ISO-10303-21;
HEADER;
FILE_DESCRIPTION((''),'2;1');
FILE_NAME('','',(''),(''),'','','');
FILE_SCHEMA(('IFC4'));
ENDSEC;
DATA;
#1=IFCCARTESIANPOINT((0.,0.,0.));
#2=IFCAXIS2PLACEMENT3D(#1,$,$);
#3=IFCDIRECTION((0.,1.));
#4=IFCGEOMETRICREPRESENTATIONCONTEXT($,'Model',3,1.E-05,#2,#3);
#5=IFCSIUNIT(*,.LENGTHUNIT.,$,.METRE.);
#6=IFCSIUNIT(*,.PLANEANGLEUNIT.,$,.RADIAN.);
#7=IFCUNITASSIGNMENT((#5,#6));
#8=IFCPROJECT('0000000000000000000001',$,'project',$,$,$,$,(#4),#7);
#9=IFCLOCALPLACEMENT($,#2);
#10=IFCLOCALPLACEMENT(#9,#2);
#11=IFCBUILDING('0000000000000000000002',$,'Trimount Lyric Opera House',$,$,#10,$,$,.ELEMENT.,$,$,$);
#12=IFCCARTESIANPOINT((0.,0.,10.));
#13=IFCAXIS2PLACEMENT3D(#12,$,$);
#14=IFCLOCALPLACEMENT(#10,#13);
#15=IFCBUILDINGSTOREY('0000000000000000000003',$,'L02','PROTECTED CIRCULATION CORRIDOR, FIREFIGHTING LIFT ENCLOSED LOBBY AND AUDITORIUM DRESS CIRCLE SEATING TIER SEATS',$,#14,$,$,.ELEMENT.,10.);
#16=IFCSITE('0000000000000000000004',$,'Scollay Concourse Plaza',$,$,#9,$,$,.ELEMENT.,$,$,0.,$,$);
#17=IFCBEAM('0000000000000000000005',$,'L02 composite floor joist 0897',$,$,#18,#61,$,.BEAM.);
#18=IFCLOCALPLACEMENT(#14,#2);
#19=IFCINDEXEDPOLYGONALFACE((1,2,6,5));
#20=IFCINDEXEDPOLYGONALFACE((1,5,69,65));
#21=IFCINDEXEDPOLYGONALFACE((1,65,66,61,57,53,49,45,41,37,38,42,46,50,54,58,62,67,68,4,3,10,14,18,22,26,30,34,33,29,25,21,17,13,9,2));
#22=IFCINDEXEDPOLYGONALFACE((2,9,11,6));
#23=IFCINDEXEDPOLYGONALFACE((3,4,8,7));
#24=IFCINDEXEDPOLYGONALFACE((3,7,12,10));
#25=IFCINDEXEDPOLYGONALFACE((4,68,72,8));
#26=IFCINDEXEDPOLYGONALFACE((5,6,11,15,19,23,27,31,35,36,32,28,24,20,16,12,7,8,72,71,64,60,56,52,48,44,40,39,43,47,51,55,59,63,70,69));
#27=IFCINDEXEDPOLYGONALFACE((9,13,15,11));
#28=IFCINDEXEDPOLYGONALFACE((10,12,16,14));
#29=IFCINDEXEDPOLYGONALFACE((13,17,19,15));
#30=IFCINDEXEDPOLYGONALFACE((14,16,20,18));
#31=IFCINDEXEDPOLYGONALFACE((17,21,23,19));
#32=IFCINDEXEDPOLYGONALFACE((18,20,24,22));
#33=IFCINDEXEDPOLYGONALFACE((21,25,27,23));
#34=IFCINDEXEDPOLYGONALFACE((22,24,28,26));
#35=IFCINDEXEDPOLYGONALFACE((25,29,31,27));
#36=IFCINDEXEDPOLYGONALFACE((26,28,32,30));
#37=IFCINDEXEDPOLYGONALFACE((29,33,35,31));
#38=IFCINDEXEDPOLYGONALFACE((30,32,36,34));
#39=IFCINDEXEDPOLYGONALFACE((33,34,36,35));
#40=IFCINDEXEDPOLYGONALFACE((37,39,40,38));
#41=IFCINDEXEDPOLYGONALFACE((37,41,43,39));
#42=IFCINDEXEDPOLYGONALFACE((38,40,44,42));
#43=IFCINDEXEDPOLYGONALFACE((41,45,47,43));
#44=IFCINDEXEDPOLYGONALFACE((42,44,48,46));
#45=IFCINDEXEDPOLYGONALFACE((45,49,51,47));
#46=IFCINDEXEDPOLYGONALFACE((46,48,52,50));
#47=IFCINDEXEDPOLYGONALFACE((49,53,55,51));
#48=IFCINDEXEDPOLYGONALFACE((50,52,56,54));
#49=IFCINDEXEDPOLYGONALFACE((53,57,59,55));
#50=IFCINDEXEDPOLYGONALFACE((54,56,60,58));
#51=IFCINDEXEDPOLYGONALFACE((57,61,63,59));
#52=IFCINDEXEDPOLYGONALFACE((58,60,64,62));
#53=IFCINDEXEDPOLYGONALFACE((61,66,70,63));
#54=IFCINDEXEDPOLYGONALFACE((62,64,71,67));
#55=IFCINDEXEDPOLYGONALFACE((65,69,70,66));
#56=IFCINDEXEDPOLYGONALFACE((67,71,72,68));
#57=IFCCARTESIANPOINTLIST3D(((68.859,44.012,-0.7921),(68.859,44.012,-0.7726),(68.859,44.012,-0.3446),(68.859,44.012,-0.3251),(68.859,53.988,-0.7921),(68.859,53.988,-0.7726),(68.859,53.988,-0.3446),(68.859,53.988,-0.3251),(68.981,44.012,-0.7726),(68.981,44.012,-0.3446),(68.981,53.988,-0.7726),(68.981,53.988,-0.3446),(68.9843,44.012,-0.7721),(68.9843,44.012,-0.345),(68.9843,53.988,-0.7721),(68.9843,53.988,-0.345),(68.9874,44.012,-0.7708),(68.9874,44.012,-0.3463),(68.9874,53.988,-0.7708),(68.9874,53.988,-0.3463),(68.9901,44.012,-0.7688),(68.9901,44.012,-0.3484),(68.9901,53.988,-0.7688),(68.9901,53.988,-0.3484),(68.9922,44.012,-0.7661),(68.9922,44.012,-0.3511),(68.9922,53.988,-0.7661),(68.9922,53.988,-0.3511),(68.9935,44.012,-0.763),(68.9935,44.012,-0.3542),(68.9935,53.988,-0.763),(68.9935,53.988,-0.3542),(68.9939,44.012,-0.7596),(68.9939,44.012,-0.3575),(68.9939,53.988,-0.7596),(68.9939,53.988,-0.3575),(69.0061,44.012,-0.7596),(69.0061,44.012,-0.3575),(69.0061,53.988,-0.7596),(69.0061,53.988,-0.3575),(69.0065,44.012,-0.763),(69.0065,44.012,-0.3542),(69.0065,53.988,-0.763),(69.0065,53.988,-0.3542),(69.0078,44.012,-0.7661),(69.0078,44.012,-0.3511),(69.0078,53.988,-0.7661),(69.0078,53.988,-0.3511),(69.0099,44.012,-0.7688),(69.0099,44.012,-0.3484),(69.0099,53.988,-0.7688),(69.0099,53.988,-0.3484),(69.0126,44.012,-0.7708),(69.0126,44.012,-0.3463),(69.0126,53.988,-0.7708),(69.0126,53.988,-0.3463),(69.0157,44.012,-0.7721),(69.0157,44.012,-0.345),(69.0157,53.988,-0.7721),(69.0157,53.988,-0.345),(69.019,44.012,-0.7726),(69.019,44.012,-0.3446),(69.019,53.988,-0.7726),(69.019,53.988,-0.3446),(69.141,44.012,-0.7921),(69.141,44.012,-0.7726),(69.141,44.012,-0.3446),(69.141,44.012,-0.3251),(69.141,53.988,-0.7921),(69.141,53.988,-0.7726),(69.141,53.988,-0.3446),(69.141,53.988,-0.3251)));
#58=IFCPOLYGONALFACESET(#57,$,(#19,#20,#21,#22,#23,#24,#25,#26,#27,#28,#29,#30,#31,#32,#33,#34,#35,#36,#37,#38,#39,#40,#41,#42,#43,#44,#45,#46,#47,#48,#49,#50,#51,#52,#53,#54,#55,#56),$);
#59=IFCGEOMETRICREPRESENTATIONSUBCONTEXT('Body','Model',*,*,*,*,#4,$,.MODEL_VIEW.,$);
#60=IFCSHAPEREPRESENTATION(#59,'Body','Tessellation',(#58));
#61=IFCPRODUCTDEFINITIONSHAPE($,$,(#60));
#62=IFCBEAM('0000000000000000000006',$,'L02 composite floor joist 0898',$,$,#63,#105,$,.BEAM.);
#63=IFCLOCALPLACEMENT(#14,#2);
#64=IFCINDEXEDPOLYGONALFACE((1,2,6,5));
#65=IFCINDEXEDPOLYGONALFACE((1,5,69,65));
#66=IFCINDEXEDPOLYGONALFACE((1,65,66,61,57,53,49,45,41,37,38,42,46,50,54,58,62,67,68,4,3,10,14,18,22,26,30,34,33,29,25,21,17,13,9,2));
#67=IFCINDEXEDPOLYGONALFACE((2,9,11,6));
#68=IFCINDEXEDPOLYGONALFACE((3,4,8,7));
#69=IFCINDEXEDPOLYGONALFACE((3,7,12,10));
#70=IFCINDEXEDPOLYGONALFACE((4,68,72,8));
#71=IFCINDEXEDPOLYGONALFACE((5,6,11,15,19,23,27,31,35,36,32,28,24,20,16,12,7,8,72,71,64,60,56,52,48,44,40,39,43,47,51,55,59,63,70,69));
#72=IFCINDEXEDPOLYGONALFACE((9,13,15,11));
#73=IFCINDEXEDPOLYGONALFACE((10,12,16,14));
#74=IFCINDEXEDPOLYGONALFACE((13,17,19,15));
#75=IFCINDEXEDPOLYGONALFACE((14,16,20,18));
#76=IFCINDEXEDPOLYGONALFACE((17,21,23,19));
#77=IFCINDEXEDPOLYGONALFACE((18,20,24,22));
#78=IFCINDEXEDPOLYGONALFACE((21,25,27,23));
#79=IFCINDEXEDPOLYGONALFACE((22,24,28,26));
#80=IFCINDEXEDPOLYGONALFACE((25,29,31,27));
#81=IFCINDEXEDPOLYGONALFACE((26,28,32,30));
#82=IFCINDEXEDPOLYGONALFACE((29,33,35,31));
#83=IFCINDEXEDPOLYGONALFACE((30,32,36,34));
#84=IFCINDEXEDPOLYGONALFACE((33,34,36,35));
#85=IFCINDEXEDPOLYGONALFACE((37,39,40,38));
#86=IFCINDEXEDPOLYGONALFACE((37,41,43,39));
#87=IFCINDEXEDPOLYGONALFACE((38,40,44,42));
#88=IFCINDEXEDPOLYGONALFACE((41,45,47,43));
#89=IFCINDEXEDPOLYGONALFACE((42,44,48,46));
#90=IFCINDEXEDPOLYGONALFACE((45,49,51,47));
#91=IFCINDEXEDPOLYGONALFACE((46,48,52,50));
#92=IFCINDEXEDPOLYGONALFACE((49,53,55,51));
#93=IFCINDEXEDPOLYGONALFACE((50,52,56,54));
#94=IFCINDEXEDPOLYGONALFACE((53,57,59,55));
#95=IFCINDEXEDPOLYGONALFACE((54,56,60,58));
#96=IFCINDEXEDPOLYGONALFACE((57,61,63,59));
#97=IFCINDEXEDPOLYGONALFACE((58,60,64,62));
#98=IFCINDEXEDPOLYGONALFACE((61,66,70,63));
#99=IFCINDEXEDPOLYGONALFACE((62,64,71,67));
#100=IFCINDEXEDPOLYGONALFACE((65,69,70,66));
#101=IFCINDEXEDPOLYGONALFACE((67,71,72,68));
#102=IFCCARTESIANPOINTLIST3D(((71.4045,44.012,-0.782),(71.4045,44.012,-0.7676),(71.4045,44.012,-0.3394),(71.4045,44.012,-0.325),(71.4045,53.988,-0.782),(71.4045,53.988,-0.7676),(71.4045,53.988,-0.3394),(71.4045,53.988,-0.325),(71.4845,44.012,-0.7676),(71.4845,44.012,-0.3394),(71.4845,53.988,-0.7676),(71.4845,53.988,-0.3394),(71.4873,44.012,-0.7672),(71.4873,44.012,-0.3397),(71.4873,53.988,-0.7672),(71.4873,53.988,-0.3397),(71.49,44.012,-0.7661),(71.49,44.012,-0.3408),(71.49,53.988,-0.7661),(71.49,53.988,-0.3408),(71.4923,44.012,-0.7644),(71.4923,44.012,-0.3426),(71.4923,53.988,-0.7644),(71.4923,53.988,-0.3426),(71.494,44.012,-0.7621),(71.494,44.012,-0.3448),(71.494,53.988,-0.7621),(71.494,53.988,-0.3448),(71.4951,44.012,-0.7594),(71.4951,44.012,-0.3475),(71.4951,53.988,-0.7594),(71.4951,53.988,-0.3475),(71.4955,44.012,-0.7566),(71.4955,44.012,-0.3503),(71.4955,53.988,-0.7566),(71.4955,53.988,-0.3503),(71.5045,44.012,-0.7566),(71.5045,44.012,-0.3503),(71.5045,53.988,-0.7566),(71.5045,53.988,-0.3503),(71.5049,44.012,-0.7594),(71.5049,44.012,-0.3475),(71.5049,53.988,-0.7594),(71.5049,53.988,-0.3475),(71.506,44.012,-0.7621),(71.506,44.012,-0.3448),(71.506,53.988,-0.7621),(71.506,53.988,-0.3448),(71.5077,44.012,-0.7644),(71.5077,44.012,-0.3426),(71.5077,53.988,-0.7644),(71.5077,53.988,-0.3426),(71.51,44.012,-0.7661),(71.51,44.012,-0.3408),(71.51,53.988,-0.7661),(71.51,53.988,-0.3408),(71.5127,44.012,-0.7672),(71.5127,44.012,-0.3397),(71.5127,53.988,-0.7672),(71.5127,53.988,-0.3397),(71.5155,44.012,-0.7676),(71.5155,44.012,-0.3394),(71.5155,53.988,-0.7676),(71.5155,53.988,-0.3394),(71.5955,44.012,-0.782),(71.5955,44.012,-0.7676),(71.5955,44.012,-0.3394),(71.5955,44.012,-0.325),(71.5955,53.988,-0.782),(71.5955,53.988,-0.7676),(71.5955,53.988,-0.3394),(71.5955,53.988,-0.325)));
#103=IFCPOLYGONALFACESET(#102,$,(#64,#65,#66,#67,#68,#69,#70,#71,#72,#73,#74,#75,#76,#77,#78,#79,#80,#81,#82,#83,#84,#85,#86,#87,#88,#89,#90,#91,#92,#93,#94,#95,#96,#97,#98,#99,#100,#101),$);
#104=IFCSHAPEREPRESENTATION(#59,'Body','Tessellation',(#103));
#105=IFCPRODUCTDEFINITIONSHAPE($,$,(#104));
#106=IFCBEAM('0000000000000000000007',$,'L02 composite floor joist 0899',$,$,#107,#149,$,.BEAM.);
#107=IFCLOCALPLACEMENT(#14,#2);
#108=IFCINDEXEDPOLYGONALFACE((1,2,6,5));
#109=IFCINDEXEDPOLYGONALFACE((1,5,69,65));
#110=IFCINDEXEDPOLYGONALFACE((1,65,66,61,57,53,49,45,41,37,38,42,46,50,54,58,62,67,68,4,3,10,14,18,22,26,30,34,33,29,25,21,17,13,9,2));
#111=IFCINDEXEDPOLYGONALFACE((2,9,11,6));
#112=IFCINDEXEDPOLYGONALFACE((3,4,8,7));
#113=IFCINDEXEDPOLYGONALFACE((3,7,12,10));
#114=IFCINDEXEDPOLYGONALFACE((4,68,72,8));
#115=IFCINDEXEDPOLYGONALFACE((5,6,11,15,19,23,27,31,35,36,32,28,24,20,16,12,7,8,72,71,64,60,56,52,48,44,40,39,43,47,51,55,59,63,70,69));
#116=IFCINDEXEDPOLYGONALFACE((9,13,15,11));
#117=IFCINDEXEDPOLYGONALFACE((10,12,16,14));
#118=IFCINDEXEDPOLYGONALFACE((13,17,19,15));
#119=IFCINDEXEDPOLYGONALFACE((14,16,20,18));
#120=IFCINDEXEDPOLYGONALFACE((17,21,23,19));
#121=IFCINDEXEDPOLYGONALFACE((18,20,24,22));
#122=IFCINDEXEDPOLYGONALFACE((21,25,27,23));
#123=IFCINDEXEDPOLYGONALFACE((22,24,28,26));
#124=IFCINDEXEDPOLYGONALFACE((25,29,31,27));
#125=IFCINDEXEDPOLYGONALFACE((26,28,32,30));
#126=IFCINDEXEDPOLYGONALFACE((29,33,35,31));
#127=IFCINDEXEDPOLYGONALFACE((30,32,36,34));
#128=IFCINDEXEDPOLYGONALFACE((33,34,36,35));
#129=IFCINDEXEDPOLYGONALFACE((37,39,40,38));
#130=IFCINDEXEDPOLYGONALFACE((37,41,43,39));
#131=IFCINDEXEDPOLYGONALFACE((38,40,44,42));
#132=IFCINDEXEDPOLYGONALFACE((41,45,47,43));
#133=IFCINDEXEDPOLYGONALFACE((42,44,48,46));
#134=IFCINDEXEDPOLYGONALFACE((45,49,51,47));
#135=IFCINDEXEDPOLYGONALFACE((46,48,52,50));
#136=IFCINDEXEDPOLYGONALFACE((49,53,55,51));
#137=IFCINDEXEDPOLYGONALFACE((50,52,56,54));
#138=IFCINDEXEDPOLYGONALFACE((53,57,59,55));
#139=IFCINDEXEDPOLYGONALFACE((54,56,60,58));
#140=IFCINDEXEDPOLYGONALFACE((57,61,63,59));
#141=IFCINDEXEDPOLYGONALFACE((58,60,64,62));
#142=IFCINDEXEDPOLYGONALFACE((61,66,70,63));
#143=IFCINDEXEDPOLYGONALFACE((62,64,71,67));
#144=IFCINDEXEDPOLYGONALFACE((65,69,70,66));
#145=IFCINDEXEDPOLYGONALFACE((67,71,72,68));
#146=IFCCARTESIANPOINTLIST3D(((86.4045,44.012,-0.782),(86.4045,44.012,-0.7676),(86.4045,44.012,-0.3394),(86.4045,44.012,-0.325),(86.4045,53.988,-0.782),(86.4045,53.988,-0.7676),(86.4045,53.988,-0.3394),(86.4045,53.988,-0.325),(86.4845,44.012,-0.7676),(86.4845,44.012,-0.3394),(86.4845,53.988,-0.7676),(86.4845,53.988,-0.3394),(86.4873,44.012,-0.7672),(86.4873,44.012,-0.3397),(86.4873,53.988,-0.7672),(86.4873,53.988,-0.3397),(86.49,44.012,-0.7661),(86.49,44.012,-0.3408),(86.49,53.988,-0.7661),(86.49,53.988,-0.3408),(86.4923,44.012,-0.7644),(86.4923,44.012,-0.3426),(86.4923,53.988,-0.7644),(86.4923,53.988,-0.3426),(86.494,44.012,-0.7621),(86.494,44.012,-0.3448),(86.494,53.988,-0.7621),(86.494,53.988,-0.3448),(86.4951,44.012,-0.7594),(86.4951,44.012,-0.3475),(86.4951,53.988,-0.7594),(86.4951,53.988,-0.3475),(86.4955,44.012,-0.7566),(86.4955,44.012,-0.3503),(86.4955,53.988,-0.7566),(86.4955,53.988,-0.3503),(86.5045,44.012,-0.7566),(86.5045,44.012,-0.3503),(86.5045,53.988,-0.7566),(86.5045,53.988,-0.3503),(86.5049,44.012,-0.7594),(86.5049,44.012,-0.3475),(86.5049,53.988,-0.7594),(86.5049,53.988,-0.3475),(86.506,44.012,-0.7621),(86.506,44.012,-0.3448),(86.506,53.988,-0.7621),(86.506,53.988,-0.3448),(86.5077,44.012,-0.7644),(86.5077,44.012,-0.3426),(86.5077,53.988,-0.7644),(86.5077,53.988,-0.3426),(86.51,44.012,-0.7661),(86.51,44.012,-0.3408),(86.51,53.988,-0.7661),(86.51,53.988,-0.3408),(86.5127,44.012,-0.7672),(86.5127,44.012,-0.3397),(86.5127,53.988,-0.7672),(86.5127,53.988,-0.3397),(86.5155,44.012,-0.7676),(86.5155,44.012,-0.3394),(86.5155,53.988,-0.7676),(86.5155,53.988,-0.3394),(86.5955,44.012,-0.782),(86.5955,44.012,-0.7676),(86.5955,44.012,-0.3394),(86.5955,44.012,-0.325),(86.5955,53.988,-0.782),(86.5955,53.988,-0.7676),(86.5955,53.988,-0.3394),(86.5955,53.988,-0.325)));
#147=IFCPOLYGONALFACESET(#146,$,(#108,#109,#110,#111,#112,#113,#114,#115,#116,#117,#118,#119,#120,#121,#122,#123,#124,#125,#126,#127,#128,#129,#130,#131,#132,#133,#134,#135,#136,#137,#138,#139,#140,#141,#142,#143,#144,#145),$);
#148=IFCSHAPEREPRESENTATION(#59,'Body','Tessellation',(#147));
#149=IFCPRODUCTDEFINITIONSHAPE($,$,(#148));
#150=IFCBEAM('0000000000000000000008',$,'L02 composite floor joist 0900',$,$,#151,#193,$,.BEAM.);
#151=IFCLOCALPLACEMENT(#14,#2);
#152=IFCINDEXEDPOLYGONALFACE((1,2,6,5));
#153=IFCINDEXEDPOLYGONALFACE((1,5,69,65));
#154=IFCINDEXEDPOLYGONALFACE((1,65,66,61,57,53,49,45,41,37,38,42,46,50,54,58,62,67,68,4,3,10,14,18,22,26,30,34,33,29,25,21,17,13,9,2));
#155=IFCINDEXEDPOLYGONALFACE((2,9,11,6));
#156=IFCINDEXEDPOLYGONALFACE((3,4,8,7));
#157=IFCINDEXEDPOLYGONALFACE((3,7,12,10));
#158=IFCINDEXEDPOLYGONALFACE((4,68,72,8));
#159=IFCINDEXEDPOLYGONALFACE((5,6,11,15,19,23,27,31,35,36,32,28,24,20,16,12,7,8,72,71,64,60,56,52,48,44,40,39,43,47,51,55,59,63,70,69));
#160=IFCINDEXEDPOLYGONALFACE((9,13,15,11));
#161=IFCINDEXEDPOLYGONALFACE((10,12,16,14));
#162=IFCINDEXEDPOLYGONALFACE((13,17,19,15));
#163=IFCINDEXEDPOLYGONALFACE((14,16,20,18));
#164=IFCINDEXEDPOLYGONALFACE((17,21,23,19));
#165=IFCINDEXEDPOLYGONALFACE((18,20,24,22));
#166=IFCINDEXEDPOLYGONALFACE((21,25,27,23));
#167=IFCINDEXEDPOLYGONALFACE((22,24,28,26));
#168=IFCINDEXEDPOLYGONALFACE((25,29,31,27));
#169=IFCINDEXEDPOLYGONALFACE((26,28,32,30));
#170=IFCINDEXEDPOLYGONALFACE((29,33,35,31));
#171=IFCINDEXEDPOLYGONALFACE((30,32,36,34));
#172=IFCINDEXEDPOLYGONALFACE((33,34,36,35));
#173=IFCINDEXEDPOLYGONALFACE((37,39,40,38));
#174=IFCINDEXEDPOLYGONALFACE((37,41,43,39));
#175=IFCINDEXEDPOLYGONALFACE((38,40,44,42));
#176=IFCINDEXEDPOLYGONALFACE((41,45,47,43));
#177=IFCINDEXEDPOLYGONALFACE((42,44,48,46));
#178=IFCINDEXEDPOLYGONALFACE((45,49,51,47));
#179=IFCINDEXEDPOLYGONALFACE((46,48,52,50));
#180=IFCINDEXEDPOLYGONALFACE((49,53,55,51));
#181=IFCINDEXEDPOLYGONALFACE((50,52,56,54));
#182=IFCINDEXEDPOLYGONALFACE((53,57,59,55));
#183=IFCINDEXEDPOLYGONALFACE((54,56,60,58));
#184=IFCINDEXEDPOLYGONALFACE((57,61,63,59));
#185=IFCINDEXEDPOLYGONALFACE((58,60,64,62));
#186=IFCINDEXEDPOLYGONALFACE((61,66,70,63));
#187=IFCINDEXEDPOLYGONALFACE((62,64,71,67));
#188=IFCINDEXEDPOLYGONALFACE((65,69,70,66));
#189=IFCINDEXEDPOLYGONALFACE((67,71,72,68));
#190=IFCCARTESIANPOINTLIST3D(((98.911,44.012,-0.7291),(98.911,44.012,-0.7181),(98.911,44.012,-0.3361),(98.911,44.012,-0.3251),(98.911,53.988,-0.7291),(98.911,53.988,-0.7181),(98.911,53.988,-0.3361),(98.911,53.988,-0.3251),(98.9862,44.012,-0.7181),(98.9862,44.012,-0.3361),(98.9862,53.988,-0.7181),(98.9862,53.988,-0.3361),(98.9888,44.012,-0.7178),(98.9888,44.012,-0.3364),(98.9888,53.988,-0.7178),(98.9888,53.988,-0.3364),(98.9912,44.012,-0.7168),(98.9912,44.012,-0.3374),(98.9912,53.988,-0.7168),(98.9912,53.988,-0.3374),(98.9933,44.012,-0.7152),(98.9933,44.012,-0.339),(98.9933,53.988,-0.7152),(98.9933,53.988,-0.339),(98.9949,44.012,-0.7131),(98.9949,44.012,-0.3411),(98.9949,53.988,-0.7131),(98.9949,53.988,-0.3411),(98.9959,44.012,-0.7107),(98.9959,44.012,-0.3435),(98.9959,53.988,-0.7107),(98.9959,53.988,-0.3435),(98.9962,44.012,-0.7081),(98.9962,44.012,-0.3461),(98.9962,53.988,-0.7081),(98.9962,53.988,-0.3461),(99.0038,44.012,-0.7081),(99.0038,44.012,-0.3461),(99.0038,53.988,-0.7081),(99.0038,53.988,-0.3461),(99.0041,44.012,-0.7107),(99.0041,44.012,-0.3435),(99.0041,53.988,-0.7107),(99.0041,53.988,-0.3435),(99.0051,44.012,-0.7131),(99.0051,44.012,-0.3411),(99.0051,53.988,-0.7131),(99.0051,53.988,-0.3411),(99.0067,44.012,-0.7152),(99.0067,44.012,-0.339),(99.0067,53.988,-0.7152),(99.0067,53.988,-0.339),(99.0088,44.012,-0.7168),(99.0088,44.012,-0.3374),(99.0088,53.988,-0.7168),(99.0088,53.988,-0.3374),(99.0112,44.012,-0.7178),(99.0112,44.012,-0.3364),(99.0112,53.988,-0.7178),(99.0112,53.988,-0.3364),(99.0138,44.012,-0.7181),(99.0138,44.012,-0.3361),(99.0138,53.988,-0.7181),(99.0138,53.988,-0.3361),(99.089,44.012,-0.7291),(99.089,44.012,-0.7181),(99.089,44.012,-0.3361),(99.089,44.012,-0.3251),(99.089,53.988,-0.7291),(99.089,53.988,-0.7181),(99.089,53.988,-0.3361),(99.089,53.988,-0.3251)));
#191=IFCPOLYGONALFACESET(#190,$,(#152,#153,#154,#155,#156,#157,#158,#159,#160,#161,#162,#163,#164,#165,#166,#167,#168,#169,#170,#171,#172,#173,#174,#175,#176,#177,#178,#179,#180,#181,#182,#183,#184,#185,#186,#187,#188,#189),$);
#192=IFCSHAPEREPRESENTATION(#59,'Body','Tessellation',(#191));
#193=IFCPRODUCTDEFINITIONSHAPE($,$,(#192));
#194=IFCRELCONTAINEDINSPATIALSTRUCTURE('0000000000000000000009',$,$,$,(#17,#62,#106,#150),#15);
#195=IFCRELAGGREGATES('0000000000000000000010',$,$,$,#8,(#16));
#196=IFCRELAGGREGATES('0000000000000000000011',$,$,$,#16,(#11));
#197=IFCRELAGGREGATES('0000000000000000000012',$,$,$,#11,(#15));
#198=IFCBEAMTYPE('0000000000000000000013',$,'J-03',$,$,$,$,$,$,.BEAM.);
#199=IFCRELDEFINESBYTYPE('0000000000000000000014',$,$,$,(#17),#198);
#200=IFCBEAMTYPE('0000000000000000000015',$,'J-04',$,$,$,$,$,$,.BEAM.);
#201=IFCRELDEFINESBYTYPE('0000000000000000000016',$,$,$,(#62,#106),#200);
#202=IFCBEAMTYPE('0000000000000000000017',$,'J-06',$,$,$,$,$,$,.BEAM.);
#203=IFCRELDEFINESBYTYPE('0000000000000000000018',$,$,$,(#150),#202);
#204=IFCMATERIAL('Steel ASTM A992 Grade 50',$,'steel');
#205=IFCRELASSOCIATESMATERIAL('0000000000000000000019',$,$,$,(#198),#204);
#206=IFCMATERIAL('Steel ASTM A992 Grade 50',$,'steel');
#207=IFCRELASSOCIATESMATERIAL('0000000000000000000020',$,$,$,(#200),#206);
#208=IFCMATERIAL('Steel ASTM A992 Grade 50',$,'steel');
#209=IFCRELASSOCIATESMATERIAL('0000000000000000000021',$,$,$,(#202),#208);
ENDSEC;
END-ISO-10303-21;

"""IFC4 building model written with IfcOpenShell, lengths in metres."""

from ifc_helpers import new_model, si_unit, direction, frame, origin, origin_2d, place, context, subcontext, project, spatial, i_section, extrude, material, material_profile, profile_set, type_object, element, save


model = new_model("IFC4")

# Units and contexts
model_context = context("Model", 3, precision=1e-05, world=origin(), true_north=direction((0.0, 1.0)))
body_context = subcontext(model_context, "Body", "Model", "MODEL_VIEW")
ifc_project = project(units=[si_unit("LENGTHUNIT", "METRE"), si_unit("PLANEANGLEUNIT", "RADIAN")], contexts=[model_context])

# Site, building, storey
site_placement = place(None, origin())
site = spatial("IfcSite", under=ifc_project, at=site_placement, Name="Scollay Concourse Plaza", CompositionType="ELEMENT", RefElevation=0.0)
building_placement = place(site_placement, origin())
building = spatial("IfcBuilding", under=site, at=building_placement, Name="Trimount Lyric Opera House", CompositionType="ELEMENT")
storey_placement = place(building_placement, frame((0.0, 0.0, 10.0)))
storey = spatial("IfcBuildingStorey", under=building, at=storey_placement, Name="L02", Description="PROTECTED CIRCULATION CORRIDOR, FIREFIGHTING LIFT ENCLOSED LOBBY AND AUDITORIUM DRESS CIRCLE SEATING TIER SEATS", CompositionType="ELEMENT", Elevation=10.0)

# Beams
ifc_material_1 = material(Name="Steel ASTM A992 Grade 50", Category="steel")
ifc_material_profile_1 = material_profile(ifc_material_1, i_section(OverallWidth=0.282, OverallDepth=0.467, WebThickness=0.0122, FlangeThickness=0.0195, FilletRadius=0.0129, at=origin_2d()), Name="W18X86")
ifc_profile_set_1 = profile_set([ifc_material_profile_1], Name="Steel ASTM A992 Grade 50")
beam_type_1 = type_object("IfcBeamType", Name="J-03", PredefinedType="BEAM", material=ifc_profile_set_1)
beam_1_placement = place(storey_placement, frame((69.0, 44.012, -0.5586), z_axis=(0.0, 1.0, 0.0), x_axis=(-1.0, 0.0, 0.0)))
element("IfcBeam", 1, at=beam_1_placement, inside=storey, type_object=beam_type_1, Name="L02 composite floor joist 0897", PredefinedType="BEAM", context=body_context, shape_type="SweptSolid", body=[
    extrude(i_section(OverallWidth=0.282, OverallDepth=0.467, WebThickness=0.0122, FlangeThickness=0.0195, FilletRadius=0.0129, at=origin_2d()), origin(), (0.0, 0.0, 1.0), 9.9761),
])
ifc_material_2 = material(Name="Steel ASTM A992 Grade 50", Category="steel")
ifc_material_profile_2 = material_profile(ifc_material_2, i_section(OverallWidth=0.1909, OverallDepth=0.457, WebThickness=0.009, FlangeThickness=0.0144, FilletRadius=0.011, at=origin_2d()), Name="W18X50")
ifc_profile_set_2 = profile_set([ifc_material_profile_2], Name="Steel ASTM A992 Grade 50")
beam_type_2 = type_object("IfcBeamType", Name="J-04", PredefinedType="BEAM", material=ifc_profile_set_2)
for number, where, z_axis, x_axis, name in (
    (2, (71.5, 44.012, -0.5535), (0.0, 1.0, 0.0), (-1.0, 0.0, 0.0), "L02 composite floor joist 0898"),
    (3, (86.5, 44.012, -0.5535), (0.0, 1.0, 0.0), (-1.0, 0.0, 0.0), "L02 composite floor joist 0899"),
):
    element("IfcBeam", number, at=place(storey_placement, frame(where, z_axis=z_axis, x_axis=x_axis)), inside=storey, type_object=beam_type_2, Name=name, PredefinedType="BEAM", context=body_context, shape_type="SweptSolid", body=[
        extrude(i_section(OverallWidth=0.1909, OverallDepth=0.457, WebThickness=0.009, FlangeThickness=0.0144, FilletRadius=0.011, at=origin_2d()), origin(), (0.0, 0.0, 1.0), 9.9761),
    ])
ifc_material_3 = material(Name="Steel ASTM A992 Grade 50", Category="steel")
ifc_material_profile_3 = material_profile(ifc_material_3, i_section(OverallWidth=0.178, OverallDepth=0.4041, WebThickness=0.0076, FlangeThickness=0.011, FilletRadius=0.01, at=origin_2d()), Name="W16X36")
ifc_profile_set_3 = profile_set([ifc_material_profile_3], Name="Steel ASTM A992 Grade 50")
beam_type_3 = type_object("IfcBeamType", Name="J-06", PredefinedType="BEAM", material=ifc_profile_set_3)
beam_2_placement = place(storey_placement, frame((99.0, 44.012, -0.5271), z_axis=(0.0, 1.0, 0.0), x_axis=(-1.0, 0.0, 0.0)))
element("IfcBeam", 4, at=beam_2_placement, inside=storey, type_object=beam_type_3, Name="L02 composite floor joist 0900", PredefinedType="BEAM", context=body_context, shape_type="SweptSolid", body=[
    extrude(i_section(OverallWidth=0.178, OverallDepth=0.4041, WebThickness=0.0076, FlangeThickness=0.011, FilletRadius=0.01, at=origin_2d()), origin(), (0.0, 0.0, 1.0), 9.9761),
])

save(model, "model.ifc")
